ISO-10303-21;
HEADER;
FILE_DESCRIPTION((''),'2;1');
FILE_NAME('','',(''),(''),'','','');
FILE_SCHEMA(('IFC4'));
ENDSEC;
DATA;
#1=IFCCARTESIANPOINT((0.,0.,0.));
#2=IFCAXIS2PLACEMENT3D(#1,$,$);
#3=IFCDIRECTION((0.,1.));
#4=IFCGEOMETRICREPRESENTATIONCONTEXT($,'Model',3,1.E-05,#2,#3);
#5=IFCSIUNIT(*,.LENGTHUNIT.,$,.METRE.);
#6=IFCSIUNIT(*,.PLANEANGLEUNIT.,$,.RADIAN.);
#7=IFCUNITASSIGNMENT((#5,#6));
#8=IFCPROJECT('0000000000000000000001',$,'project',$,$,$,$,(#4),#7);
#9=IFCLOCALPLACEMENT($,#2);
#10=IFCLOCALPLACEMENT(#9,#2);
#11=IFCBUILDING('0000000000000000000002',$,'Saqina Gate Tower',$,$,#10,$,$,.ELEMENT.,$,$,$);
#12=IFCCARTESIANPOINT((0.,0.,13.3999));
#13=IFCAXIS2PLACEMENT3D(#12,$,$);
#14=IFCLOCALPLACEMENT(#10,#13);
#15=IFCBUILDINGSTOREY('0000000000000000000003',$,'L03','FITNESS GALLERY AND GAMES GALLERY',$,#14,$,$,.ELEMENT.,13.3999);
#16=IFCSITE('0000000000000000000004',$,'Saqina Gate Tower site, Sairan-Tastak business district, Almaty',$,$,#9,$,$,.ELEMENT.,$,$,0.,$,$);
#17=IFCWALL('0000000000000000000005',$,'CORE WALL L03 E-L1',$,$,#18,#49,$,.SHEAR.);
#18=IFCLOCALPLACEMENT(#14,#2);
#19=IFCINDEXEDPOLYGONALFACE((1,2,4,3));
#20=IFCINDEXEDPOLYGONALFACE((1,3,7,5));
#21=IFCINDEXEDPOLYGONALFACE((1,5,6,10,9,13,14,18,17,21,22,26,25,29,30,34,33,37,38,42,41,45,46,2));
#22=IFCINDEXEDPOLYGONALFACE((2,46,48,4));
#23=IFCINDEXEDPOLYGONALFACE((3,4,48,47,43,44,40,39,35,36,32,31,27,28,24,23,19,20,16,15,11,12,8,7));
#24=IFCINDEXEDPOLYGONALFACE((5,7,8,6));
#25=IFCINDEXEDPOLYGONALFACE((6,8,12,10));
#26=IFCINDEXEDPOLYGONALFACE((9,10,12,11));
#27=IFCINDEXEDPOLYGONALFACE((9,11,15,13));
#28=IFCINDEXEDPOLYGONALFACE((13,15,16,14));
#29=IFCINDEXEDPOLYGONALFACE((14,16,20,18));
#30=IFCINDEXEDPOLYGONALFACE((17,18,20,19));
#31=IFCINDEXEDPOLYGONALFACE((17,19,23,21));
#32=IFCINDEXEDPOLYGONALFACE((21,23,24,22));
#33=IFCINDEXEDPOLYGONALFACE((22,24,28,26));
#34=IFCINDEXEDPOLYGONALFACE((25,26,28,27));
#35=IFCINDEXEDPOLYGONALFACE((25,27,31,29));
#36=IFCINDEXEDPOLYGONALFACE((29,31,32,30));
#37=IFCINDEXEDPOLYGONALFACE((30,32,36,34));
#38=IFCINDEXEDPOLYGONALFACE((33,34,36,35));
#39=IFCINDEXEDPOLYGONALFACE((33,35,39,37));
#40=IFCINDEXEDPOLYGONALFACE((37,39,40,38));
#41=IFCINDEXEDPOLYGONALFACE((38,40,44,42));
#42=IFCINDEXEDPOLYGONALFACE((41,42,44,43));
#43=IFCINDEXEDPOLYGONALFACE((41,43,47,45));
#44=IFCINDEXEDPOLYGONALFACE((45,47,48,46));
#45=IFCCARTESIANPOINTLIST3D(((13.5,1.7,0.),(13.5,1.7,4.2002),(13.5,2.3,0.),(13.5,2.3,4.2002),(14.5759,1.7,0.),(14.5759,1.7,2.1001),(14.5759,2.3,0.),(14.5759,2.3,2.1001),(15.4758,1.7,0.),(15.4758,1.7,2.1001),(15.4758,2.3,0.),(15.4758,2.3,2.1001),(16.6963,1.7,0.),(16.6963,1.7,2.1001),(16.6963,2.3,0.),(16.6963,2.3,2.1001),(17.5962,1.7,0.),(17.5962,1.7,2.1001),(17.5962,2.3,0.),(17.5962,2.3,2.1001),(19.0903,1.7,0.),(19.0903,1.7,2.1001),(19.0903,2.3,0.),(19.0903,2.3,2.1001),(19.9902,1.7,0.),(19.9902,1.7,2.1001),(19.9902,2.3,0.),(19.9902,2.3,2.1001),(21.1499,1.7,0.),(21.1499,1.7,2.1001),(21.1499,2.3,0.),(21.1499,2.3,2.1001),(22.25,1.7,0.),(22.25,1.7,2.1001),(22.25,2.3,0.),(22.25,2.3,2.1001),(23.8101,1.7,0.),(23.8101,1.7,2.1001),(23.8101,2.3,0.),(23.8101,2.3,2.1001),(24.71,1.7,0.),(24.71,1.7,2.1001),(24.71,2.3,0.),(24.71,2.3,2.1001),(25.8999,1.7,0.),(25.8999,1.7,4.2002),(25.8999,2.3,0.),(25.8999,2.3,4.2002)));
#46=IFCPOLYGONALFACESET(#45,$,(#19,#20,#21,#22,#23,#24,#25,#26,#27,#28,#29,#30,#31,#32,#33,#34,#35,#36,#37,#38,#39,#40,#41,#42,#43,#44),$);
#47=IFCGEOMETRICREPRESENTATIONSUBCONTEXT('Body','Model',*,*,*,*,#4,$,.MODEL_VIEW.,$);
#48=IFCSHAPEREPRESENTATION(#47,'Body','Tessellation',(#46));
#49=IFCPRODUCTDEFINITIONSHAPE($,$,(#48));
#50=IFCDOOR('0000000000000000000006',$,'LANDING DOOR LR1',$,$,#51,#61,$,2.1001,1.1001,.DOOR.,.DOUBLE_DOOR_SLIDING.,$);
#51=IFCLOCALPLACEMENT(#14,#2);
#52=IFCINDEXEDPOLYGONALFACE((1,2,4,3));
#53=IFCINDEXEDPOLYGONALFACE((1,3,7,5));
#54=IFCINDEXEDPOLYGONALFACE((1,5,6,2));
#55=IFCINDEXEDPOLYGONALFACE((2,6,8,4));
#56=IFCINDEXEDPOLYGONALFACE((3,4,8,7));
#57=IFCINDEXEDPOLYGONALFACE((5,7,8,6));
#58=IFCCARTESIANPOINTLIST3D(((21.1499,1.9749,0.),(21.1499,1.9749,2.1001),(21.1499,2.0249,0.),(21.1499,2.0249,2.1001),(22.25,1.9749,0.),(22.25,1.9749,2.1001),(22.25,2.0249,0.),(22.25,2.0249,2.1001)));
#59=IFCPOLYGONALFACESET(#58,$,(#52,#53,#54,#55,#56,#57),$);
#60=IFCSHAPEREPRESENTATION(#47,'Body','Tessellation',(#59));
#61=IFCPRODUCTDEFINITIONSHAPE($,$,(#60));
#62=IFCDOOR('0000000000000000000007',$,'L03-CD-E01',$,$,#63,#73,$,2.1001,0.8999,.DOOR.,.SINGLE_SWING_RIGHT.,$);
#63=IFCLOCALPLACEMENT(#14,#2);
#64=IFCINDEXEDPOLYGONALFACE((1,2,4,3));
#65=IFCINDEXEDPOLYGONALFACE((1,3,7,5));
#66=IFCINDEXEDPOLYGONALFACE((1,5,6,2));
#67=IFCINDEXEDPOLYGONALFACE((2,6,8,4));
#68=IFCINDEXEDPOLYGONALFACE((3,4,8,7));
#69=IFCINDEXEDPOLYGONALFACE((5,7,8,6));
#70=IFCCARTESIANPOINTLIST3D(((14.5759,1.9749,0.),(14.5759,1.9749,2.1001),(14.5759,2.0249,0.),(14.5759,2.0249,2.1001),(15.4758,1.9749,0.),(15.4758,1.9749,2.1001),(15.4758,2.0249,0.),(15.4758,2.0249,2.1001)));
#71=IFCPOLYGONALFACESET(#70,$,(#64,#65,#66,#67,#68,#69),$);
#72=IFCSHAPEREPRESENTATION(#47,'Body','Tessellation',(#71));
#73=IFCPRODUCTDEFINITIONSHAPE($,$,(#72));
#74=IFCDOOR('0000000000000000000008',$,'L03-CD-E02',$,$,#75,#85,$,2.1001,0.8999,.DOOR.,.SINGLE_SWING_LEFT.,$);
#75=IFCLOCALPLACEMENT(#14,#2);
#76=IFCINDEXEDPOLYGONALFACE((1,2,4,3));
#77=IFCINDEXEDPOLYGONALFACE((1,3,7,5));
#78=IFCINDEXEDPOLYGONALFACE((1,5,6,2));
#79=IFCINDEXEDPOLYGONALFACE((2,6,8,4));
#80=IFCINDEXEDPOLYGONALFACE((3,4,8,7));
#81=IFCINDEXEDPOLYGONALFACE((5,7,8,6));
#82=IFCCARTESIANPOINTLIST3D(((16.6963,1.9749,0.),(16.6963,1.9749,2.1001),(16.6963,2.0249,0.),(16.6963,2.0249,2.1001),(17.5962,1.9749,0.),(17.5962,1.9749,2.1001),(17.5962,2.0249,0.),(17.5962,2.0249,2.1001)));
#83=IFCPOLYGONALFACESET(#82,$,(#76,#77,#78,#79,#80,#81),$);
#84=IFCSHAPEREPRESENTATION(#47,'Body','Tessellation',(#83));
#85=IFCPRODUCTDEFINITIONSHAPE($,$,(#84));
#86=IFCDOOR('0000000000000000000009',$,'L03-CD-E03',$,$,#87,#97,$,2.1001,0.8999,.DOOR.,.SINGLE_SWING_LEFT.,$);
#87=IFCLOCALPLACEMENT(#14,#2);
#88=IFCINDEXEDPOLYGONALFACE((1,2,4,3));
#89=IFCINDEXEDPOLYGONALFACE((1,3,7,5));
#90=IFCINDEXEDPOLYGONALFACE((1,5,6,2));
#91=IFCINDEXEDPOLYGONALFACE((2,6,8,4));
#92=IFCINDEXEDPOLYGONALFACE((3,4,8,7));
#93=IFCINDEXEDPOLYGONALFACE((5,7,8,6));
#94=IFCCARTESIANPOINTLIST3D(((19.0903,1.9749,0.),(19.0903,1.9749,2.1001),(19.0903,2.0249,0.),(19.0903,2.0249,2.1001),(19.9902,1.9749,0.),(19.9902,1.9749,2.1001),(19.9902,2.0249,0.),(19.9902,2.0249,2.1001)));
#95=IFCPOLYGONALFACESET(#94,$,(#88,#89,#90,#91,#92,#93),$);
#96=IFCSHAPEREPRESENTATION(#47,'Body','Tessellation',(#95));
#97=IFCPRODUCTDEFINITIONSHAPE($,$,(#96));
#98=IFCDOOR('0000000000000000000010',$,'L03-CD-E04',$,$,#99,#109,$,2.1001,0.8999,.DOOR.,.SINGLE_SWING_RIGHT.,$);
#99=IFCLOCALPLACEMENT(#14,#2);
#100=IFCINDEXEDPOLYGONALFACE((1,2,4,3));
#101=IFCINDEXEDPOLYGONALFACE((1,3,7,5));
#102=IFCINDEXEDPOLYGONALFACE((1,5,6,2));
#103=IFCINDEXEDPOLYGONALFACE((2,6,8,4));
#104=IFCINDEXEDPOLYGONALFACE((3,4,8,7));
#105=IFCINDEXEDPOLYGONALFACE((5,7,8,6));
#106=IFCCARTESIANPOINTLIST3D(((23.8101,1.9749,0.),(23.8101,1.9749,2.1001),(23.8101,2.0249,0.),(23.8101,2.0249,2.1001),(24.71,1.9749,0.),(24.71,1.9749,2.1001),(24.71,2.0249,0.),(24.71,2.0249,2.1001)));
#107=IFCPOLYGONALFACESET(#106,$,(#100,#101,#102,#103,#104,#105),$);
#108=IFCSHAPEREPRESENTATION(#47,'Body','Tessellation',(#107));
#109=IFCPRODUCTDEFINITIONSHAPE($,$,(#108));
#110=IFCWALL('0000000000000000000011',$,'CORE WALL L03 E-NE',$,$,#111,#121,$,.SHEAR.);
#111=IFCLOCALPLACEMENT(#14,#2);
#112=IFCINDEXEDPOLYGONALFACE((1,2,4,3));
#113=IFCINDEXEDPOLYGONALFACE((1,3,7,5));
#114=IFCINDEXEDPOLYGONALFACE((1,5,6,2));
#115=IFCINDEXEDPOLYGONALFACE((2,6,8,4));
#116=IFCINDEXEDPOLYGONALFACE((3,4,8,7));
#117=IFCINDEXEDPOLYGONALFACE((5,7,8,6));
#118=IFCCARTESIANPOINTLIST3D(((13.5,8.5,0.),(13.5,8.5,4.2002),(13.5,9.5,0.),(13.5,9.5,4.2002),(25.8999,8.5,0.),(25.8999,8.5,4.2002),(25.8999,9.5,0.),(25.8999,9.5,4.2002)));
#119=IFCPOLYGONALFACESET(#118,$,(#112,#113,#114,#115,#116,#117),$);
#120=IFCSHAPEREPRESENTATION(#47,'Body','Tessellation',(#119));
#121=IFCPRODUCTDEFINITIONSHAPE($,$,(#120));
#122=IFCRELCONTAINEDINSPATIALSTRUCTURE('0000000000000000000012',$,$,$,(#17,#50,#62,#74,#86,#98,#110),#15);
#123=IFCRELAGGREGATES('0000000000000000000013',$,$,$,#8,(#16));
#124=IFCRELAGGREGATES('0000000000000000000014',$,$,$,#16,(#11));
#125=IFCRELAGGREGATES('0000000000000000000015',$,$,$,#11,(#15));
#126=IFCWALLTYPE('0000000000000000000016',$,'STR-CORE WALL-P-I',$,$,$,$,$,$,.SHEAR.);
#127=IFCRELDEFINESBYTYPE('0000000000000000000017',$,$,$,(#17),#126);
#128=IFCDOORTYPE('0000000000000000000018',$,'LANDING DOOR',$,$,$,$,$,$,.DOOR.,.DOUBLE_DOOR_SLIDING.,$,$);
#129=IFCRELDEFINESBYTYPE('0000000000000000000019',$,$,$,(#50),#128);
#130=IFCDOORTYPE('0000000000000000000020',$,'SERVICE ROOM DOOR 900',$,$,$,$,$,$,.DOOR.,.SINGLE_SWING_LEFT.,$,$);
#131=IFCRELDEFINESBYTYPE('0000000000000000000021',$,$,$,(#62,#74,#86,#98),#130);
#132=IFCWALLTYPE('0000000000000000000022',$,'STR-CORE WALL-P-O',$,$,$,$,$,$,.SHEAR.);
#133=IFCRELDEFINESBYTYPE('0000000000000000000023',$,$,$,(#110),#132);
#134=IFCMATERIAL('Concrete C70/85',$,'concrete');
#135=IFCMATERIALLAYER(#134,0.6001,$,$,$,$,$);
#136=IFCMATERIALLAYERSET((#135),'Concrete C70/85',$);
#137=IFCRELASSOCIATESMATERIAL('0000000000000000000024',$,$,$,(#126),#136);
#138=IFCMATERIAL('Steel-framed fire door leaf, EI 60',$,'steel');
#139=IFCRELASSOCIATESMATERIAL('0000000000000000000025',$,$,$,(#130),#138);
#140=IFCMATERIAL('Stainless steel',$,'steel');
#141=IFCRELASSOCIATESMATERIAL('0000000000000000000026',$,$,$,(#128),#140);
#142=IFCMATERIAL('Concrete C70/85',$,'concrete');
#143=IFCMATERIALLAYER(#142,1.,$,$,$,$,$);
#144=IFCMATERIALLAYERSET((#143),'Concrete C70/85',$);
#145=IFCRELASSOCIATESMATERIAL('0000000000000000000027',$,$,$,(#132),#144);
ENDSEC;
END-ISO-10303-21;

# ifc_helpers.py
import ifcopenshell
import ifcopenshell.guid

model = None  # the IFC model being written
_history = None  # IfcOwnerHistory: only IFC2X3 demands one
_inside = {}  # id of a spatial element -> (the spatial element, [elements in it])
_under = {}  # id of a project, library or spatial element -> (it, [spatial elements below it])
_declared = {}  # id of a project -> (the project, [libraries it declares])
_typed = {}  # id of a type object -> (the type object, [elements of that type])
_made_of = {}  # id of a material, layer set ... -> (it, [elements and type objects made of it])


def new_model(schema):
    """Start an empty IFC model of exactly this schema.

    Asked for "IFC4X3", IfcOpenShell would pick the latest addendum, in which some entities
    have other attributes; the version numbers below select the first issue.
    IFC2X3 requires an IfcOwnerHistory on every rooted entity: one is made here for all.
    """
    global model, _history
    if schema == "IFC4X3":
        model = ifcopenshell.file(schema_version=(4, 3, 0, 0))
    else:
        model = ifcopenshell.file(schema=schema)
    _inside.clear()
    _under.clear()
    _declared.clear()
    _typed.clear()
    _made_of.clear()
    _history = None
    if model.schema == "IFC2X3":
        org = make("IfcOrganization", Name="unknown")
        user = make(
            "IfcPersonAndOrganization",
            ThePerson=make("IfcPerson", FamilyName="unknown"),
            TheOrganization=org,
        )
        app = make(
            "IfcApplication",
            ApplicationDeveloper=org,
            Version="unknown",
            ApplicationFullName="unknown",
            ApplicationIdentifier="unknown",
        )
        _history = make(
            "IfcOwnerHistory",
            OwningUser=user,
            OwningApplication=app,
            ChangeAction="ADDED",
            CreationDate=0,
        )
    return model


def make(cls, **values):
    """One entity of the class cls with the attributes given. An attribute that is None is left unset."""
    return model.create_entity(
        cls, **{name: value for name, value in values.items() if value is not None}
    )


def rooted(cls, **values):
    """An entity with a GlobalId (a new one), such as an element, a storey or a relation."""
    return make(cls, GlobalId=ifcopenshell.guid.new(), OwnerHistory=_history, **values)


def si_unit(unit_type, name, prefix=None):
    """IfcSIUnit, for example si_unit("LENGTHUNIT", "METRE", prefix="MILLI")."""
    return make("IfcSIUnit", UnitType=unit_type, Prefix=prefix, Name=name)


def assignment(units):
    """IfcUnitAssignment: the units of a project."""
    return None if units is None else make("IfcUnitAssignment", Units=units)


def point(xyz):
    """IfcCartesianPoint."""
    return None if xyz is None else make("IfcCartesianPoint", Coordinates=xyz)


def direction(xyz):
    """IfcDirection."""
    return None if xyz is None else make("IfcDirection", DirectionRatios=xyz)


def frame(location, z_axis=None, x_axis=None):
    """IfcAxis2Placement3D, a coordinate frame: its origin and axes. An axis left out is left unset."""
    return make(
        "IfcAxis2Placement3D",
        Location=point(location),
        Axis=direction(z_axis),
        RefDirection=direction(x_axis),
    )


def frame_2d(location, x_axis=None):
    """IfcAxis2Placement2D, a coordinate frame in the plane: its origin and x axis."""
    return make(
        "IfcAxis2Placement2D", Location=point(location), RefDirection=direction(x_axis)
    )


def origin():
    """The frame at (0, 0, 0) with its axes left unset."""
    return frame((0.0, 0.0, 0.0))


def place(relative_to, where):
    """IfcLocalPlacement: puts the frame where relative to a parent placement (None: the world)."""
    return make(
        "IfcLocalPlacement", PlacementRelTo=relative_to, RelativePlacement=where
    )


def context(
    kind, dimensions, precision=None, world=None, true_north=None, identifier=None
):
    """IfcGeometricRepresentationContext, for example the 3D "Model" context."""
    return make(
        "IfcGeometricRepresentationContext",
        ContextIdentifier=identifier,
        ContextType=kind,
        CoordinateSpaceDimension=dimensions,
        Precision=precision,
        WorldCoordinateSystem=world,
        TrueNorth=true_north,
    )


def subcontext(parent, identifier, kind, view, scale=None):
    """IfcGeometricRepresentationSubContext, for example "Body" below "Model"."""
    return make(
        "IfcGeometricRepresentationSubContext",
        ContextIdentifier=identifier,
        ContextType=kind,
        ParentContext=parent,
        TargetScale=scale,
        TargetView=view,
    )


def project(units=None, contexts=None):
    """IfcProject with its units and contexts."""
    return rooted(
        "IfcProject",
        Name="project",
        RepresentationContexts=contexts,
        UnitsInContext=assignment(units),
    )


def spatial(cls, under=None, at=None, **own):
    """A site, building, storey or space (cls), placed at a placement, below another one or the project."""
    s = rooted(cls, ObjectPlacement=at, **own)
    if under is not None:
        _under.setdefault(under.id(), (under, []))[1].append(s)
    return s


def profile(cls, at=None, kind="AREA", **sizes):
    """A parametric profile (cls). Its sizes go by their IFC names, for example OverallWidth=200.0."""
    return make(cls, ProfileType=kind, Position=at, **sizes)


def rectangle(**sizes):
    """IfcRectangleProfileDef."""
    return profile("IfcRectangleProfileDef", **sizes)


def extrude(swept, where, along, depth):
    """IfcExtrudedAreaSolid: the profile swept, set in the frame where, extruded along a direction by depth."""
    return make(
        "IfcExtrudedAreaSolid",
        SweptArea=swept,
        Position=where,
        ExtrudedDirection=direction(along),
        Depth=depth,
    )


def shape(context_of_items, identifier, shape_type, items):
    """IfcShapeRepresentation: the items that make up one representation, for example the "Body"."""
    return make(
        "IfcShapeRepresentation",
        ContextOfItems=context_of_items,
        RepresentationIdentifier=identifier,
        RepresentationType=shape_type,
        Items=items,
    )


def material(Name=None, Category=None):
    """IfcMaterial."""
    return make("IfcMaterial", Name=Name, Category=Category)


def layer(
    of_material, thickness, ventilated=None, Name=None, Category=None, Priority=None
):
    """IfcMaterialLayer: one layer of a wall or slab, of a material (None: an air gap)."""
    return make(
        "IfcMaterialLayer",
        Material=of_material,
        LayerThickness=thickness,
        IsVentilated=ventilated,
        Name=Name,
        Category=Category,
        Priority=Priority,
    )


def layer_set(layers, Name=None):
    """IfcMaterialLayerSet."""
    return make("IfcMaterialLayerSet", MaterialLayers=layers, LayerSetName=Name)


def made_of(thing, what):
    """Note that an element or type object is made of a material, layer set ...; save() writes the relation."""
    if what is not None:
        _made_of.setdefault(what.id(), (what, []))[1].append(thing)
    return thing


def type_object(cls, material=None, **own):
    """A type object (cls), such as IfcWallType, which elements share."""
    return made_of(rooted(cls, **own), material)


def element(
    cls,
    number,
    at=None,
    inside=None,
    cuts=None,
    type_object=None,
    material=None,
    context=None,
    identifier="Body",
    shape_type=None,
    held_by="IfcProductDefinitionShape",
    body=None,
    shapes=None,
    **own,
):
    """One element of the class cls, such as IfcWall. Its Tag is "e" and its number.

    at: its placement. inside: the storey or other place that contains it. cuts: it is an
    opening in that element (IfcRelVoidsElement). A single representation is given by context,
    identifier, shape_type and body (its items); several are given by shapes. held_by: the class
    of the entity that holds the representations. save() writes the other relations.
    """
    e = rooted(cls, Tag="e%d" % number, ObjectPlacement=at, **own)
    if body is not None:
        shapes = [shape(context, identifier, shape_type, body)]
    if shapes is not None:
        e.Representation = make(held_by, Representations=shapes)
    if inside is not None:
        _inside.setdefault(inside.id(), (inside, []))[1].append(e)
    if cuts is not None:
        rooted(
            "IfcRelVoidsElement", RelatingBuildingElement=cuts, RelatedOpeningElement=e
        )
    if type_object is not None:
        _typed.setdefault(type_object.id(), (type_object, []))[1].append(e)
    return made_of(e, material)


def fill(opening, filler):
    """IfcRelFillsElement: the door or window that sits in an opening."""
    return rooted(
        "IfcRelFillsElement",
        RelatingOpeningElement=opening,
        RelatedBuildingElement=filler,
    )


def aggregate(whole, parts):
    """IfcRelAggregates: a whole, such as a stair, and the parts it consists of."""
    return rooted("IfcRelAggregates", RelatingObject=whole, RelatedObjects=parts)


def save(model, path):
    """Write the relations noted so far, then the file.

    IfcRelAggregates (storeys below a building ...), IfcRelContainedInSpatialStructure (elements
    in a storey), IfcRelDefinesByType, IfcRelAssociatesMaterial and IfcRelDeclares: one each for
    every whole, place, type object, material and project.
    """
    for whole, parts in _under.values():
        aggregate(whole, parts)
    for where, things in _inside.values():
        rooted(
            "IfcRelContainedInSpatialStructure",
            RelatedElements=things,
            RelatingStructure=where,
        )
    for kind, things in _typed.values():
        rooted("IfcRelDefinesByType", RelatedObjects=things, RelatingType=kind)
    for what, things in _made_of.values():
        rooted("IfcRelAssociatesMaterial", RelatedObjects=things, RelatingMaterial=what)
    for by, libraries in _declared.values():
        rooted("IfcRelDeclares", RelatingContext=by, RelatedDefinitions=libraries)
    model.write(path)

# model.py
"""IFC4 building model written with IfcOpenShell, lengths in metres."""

from ifc_helpers import new_model, si_unit, direction, frame, frame_2d, origin, place, context, subcontext, project, spatial, rectangle, extrude, material, layer, layer_set, type_object, element, fill, save


model = new_model("IFC4")

# Units and contexts
model_context = context("Model", 3, precision=1e-05, world=origin(), true_north=direction((0.0, 1.0)))
body_context = subcontext(model_context, "Body", "Model", "MODEL_VIEW")
ifc_project = project(units=[si_unit("LENGTHUNIT", "METRE"), si_unit("PLANEANGLEUNIT", "RADIAN")], contexts=[model_context])

# Site, building, storey
site_placement = place(None, origin())
site = spatial("IfcSite", under=ifc_project, at=site_placement, Name="Saqina Gate Tower site, Sairan-Tastak business district, Almaty", CompositionType="ELEMENT", RefElevation=0.0)
building_placement = place(site_placement, origin())
building = spatial("IfcBuilding", under=site, at=building_placement, Name="Saqina Gate Tower", CompositionType="ELEMENT")
storey_placement = place(building_placement, frame((0.0, 0.0, 13.3999)))
storey = spatial("IfcBuildingStorey", under=building, at=storey_placement, Name="L03", Description="FITNESS GALLERY AND GAMES GALLERY", CompositionType="ELEMENT", Elevation=13.3999)

# Shared definitions
ifc_material_1 = material(Name="Concrete C70/85", Category="concrete")
ifc_layer_1 = layer(ifc_material_1, 0.6001)
ifc_layer_set_1 = layer_set([ifc_layer_1], Name="Concrete C70/85")
wall_type_1 = type_object("IfcWallType", Name="STR-CORE WALL-P-I", PredefinedType="SHEAR", material=ifc_layer_set_1)
ifc_material_2 = material(Name="Steel-framed fire door leaf, EI 60", Category="steel")
door_type_1 = type_object("IfcDoorType", Name="SERVICE ROOM DOOR 900", OperationType="SINGLE_SWING_LEFT", PredefinedType="DOOR", material=ifc_material_2)

# Wall, openings, doors
wall_1_placement = place(storey_placement, frame((13.5, 2.0, 0.0), z_axis=(0.0, 0.0, 1.0), x_axis=(1.0, 0.0, 0.0)))
wall_1 = element("IfcWall", 1, at=wall_1_placement, inside=storey, type_object=wall_type_1, Name="CORE WALL L03 E-L1", PredefinedType="SHEAR", context=body_context, shape_type="SweptSolid", body=[
    extrude(rectangle(XDim=12.3999, YDim=0.6001, at=frame_2d((6.2, 0.0))), origin(), (0.0, 0.0, 1.0), 4.2002),
])
opening_1_placement = place(wall_1_placement, frame((7.6499, 0.0, 0.0)))
opening_1 = element("IfcOpeningElement", 2, at=opening_1_placement, cuts=wall_1, PredefinedType="OPENING", context=body_context, shape_type="SweptSolid", body=[
    extrude(rectangle(XDim=1.1001, YDim=2.1001, at=frame_2d((0.55, 1.05))), frame((0.0, 0.312, 0.0), z_axis=(0.0, -1.0, 0.0), x_axis=(1.0, 0.0, 0.0)), (0.0, 0.0, 1.0), 0.624),
])
opening_2_placement = place(wall_1_placement, frame((1.0759, 0.0, 0.0)))
opening_2 = element("IfcOpeningElement", 3, at=opening_2_placement, cuts=wall_1, PredefinedType="OPENING", context=body_context, shape_type="SweptSolid", body=[
    extrude(rectangle(XDim=0.8999, YDim=2.1001, at=frame_2d((0.45, 1.05))), frame((0.0, 0.312, 0.0), z_axis=(0.0, -1.0, 0.0), x_axis=(1.0, 0.0, 0.0)), (0.0, 0.0, 1.0), 0.624),
])
opening_3_placement = place(wall_1_placement, frame((3.1963, 0.0, 0.0)))
opening_3 = element("IfcOpeningElement", 4, at=opening_3_placement, cuts=wall_1, PredefinedType="OPENING", context=body_context, shape_type="SweptSolid", body=[
    extrude(rectangle(XDim=0.8999, YDim=2.1001, at=frame_2d((0.45, 1.05))), frame((0.0, 0.312, 0.0), z_axis=(0.0, -1.0, 0.0), x_axis=(1.0, 0.0, 0.0)), (0.0, 0.0, 1.0), 0.624),
])
opening_4_placement = place(wall_1_placement, frame((5.5903, 0.0, 0.0)))
opening_4 = element("IfcOpeningElement", 5, at=opening_4_placement, cuts=wall_1, PredefinedType="OPENING", context=body_context, shape_type="SweptSolid", body=[
    extrude(rectangle(XDim=0.8999, YDim=2.1001, at=frame_2d((0.45, 1.05))), frame((0.0, 0.312, 0.0), z_axis=(0.0, -1.0, 0.0), x_axis=(1.0, 0.0, 0.0)), (0.0, 0.0, 1.0), 0.624),
])
opening_5_placement = place(wall_1_placement, frame((10.3101, 0.0, 0.0)))
opening_5 = element("IfcOpeningElement", 6, at=opening_5_placement, cuts=wall_1, PredefinedType="OPENING", context=body_context, shape_type="SweptSolid", body=[
    extrude(rectangle(XDim=0.8999, YDim=2.1001, at=frame_2d((0.45, 1.05))), frame((0.0, 0.312, 0.0), z_axis=(0.0, -1.0, 0.0), x_axis=(1.0, 0.0, 0.0)), (0.0, 0.0, 1.0), 0.624),
])
ifc_material_3 = material(Name="Stainless steel", Category="steel")
door_type_2 = type_object("IfcDoorType", Name="LANDING DOOR", OperationType="DOUBLE_DOOR_SLIDING", PredefinedType="DOOR", material=ifc_material_3)
door_1_placement = place(opening_1_placement, origin())
door_1 = element("IfcDoor", 7, at=door_1_placement, inside=storey, type_object=door_type_2, Name="LANDING DOOR LR1", OperationType="DOUBLE_DOOR_SLIDING", OverallHeight=2.1001, OverallWidth=1.1001, PredefinedType="DOOR", context=body_context, shape_type="SweptSolid", body=[
    extrude(rectangle(XDim=1.1001, YDim=2.1001, at=frame_2d((0.55, 1.05))), frame((0.0, 0.0249, 0.0), z_axis=(0.0, -1.0, 0.0), x_axis=(1.0, 0.0, 0.0)), (0.0, 0.0, 1.0), 0.05),
])
fill(opening_1, door_1)
door_2_placement = place(opening_2_placement, origin())
door_2 = element("IfcDoor", 8, at=door_2_placement, inside=storey, type_object=door_type_1, Name="L03-CD-E01", OperationType="SINGLE_SWING_RIGHT", OverallHeight=2.1001, OverallWidth=0.8999, PredefinedType="DOOR", context=body_context, shape_type="SweptSolid", body=[
    extrude(rectangle(XDim=0.8999, YDim=2.1001, at=frame_2d((0.45, 1.05))), frame((0.0, 0.0249, 0.0), z_axis=(0.0, -1.0, 0.0), x_axis=(1.0, 0.0, 0.0)), (0.0, 0.0, 1.0), 0.05),
])
fill(opening_2, door_2)
door_3_placement = place(opening_3_placement, origin())
door_3 = element("IfcDoor", 9, at=door_3_placement, inside=storey, type_object=door_type_1, Name="L03-CD-E02", OperationType="SINGLE_SWING_LEFT", OverallHeight=2.1001, OverallWidth=0.8999, PredefinedType="DOOR", context=body_context, shape_type="SweptSolid", body=[
    extrude(rectangle(XDim=0.8999, YDim=2.1001, at=frame_2d((0.45, 1.05))), frame((0.0, 0.0249, 0.0), z_axis=(0.0, -1.0, 0.0), x_axis=(1.0, 0.0, 0.0)), (0.0, 0.0, 1.0), 0.05),
])
fill(opening_3, door_3)
door_4_placement = place(opening_4_placement, origin())
door_4 = element("IfcDoor", 10, at=door_4_placement, inside=storey, type_object=door_type_1, Name="L03-CD-E03", OperationType="SINGLE_SWING_LEFT", OverallHeight=2.1001, OverallWidth=0.8999, PredefinedType="DOOR", context=body_context, shape_type="SweptSolid", body=[
    extrude(rectangle(XDim=0.8999, YDim=2.1001, at=frame_2d((0.45, 1.05))), frame((0.0, 0.0249, 0.0), z_axis=(0.0, -1.0, 0.0), x_axis=(1.0, 0.0, 0.0)), (0.0, 0.0, 1.0), 0.05),
])
fill(opening_4, door_4)
door_5_placement = place(opening_5_placement, origin())
door_5 = element("IfcDoor", 11, at=door_5_placement, inside=storey, type_object=door_type_1, Name="L03-CD-E04", OperationType="SINGLE_SWING_RIGHT", OverallHeight=2.1001, OverallWidth=0.8999, PredefinedType="DOOR", context=body_context, shape_type="SweptSolid", body=[
    extrude(rectangle(XDim=0.8999, YDim=2.1001, at=frame_2d((0.45, 1.05))), frame((0.0, 0.0249, 0.0), z_axis=(0.0, -1.0, 0.0), x_axis=(1.0, 0.0, 0.0)), (0.0, 0.0, 1.0), 0.05),
])
fill(opening_5, door_5)

# Wall
ifc_material_4 = material(Name="Concrete C70/85", Category="concrete")
ifc_layer_2 = layer(ifc_material_4, 1.0)
ifc_layer_set_2 = layer_set([ifc_layer_2], Name="Concrete C70/85")
wall_type_2 = type_object("IfcWallType", Name="STR-CORE WALL-P-O", PredefinedType="SHEAR", material=ifc_layer_set_2)
wall_2_placement = place(storey_placement, frame((13.5, 9.0, 0.0), z_axis=(0.0, 0.0, 1.0), x_axis=(1.0, 0.0, 0.0)))
element("IfcWall", 12, at=wall_2_placement, inside=storey, type_object=wall_type_2, Name="CORE WALL L03 E-NE", PredefinedType="SHEAR", context=body_context, shape_type="SweptSolid", body=[
    extrude(rectangle(XDim=12.3999, YDim=1.0, at=frame_2d((6.2, 0.0))), origin(), (0.0, 0.0, 1.0), 4.2002),
])

save(model, "model.ifc")
